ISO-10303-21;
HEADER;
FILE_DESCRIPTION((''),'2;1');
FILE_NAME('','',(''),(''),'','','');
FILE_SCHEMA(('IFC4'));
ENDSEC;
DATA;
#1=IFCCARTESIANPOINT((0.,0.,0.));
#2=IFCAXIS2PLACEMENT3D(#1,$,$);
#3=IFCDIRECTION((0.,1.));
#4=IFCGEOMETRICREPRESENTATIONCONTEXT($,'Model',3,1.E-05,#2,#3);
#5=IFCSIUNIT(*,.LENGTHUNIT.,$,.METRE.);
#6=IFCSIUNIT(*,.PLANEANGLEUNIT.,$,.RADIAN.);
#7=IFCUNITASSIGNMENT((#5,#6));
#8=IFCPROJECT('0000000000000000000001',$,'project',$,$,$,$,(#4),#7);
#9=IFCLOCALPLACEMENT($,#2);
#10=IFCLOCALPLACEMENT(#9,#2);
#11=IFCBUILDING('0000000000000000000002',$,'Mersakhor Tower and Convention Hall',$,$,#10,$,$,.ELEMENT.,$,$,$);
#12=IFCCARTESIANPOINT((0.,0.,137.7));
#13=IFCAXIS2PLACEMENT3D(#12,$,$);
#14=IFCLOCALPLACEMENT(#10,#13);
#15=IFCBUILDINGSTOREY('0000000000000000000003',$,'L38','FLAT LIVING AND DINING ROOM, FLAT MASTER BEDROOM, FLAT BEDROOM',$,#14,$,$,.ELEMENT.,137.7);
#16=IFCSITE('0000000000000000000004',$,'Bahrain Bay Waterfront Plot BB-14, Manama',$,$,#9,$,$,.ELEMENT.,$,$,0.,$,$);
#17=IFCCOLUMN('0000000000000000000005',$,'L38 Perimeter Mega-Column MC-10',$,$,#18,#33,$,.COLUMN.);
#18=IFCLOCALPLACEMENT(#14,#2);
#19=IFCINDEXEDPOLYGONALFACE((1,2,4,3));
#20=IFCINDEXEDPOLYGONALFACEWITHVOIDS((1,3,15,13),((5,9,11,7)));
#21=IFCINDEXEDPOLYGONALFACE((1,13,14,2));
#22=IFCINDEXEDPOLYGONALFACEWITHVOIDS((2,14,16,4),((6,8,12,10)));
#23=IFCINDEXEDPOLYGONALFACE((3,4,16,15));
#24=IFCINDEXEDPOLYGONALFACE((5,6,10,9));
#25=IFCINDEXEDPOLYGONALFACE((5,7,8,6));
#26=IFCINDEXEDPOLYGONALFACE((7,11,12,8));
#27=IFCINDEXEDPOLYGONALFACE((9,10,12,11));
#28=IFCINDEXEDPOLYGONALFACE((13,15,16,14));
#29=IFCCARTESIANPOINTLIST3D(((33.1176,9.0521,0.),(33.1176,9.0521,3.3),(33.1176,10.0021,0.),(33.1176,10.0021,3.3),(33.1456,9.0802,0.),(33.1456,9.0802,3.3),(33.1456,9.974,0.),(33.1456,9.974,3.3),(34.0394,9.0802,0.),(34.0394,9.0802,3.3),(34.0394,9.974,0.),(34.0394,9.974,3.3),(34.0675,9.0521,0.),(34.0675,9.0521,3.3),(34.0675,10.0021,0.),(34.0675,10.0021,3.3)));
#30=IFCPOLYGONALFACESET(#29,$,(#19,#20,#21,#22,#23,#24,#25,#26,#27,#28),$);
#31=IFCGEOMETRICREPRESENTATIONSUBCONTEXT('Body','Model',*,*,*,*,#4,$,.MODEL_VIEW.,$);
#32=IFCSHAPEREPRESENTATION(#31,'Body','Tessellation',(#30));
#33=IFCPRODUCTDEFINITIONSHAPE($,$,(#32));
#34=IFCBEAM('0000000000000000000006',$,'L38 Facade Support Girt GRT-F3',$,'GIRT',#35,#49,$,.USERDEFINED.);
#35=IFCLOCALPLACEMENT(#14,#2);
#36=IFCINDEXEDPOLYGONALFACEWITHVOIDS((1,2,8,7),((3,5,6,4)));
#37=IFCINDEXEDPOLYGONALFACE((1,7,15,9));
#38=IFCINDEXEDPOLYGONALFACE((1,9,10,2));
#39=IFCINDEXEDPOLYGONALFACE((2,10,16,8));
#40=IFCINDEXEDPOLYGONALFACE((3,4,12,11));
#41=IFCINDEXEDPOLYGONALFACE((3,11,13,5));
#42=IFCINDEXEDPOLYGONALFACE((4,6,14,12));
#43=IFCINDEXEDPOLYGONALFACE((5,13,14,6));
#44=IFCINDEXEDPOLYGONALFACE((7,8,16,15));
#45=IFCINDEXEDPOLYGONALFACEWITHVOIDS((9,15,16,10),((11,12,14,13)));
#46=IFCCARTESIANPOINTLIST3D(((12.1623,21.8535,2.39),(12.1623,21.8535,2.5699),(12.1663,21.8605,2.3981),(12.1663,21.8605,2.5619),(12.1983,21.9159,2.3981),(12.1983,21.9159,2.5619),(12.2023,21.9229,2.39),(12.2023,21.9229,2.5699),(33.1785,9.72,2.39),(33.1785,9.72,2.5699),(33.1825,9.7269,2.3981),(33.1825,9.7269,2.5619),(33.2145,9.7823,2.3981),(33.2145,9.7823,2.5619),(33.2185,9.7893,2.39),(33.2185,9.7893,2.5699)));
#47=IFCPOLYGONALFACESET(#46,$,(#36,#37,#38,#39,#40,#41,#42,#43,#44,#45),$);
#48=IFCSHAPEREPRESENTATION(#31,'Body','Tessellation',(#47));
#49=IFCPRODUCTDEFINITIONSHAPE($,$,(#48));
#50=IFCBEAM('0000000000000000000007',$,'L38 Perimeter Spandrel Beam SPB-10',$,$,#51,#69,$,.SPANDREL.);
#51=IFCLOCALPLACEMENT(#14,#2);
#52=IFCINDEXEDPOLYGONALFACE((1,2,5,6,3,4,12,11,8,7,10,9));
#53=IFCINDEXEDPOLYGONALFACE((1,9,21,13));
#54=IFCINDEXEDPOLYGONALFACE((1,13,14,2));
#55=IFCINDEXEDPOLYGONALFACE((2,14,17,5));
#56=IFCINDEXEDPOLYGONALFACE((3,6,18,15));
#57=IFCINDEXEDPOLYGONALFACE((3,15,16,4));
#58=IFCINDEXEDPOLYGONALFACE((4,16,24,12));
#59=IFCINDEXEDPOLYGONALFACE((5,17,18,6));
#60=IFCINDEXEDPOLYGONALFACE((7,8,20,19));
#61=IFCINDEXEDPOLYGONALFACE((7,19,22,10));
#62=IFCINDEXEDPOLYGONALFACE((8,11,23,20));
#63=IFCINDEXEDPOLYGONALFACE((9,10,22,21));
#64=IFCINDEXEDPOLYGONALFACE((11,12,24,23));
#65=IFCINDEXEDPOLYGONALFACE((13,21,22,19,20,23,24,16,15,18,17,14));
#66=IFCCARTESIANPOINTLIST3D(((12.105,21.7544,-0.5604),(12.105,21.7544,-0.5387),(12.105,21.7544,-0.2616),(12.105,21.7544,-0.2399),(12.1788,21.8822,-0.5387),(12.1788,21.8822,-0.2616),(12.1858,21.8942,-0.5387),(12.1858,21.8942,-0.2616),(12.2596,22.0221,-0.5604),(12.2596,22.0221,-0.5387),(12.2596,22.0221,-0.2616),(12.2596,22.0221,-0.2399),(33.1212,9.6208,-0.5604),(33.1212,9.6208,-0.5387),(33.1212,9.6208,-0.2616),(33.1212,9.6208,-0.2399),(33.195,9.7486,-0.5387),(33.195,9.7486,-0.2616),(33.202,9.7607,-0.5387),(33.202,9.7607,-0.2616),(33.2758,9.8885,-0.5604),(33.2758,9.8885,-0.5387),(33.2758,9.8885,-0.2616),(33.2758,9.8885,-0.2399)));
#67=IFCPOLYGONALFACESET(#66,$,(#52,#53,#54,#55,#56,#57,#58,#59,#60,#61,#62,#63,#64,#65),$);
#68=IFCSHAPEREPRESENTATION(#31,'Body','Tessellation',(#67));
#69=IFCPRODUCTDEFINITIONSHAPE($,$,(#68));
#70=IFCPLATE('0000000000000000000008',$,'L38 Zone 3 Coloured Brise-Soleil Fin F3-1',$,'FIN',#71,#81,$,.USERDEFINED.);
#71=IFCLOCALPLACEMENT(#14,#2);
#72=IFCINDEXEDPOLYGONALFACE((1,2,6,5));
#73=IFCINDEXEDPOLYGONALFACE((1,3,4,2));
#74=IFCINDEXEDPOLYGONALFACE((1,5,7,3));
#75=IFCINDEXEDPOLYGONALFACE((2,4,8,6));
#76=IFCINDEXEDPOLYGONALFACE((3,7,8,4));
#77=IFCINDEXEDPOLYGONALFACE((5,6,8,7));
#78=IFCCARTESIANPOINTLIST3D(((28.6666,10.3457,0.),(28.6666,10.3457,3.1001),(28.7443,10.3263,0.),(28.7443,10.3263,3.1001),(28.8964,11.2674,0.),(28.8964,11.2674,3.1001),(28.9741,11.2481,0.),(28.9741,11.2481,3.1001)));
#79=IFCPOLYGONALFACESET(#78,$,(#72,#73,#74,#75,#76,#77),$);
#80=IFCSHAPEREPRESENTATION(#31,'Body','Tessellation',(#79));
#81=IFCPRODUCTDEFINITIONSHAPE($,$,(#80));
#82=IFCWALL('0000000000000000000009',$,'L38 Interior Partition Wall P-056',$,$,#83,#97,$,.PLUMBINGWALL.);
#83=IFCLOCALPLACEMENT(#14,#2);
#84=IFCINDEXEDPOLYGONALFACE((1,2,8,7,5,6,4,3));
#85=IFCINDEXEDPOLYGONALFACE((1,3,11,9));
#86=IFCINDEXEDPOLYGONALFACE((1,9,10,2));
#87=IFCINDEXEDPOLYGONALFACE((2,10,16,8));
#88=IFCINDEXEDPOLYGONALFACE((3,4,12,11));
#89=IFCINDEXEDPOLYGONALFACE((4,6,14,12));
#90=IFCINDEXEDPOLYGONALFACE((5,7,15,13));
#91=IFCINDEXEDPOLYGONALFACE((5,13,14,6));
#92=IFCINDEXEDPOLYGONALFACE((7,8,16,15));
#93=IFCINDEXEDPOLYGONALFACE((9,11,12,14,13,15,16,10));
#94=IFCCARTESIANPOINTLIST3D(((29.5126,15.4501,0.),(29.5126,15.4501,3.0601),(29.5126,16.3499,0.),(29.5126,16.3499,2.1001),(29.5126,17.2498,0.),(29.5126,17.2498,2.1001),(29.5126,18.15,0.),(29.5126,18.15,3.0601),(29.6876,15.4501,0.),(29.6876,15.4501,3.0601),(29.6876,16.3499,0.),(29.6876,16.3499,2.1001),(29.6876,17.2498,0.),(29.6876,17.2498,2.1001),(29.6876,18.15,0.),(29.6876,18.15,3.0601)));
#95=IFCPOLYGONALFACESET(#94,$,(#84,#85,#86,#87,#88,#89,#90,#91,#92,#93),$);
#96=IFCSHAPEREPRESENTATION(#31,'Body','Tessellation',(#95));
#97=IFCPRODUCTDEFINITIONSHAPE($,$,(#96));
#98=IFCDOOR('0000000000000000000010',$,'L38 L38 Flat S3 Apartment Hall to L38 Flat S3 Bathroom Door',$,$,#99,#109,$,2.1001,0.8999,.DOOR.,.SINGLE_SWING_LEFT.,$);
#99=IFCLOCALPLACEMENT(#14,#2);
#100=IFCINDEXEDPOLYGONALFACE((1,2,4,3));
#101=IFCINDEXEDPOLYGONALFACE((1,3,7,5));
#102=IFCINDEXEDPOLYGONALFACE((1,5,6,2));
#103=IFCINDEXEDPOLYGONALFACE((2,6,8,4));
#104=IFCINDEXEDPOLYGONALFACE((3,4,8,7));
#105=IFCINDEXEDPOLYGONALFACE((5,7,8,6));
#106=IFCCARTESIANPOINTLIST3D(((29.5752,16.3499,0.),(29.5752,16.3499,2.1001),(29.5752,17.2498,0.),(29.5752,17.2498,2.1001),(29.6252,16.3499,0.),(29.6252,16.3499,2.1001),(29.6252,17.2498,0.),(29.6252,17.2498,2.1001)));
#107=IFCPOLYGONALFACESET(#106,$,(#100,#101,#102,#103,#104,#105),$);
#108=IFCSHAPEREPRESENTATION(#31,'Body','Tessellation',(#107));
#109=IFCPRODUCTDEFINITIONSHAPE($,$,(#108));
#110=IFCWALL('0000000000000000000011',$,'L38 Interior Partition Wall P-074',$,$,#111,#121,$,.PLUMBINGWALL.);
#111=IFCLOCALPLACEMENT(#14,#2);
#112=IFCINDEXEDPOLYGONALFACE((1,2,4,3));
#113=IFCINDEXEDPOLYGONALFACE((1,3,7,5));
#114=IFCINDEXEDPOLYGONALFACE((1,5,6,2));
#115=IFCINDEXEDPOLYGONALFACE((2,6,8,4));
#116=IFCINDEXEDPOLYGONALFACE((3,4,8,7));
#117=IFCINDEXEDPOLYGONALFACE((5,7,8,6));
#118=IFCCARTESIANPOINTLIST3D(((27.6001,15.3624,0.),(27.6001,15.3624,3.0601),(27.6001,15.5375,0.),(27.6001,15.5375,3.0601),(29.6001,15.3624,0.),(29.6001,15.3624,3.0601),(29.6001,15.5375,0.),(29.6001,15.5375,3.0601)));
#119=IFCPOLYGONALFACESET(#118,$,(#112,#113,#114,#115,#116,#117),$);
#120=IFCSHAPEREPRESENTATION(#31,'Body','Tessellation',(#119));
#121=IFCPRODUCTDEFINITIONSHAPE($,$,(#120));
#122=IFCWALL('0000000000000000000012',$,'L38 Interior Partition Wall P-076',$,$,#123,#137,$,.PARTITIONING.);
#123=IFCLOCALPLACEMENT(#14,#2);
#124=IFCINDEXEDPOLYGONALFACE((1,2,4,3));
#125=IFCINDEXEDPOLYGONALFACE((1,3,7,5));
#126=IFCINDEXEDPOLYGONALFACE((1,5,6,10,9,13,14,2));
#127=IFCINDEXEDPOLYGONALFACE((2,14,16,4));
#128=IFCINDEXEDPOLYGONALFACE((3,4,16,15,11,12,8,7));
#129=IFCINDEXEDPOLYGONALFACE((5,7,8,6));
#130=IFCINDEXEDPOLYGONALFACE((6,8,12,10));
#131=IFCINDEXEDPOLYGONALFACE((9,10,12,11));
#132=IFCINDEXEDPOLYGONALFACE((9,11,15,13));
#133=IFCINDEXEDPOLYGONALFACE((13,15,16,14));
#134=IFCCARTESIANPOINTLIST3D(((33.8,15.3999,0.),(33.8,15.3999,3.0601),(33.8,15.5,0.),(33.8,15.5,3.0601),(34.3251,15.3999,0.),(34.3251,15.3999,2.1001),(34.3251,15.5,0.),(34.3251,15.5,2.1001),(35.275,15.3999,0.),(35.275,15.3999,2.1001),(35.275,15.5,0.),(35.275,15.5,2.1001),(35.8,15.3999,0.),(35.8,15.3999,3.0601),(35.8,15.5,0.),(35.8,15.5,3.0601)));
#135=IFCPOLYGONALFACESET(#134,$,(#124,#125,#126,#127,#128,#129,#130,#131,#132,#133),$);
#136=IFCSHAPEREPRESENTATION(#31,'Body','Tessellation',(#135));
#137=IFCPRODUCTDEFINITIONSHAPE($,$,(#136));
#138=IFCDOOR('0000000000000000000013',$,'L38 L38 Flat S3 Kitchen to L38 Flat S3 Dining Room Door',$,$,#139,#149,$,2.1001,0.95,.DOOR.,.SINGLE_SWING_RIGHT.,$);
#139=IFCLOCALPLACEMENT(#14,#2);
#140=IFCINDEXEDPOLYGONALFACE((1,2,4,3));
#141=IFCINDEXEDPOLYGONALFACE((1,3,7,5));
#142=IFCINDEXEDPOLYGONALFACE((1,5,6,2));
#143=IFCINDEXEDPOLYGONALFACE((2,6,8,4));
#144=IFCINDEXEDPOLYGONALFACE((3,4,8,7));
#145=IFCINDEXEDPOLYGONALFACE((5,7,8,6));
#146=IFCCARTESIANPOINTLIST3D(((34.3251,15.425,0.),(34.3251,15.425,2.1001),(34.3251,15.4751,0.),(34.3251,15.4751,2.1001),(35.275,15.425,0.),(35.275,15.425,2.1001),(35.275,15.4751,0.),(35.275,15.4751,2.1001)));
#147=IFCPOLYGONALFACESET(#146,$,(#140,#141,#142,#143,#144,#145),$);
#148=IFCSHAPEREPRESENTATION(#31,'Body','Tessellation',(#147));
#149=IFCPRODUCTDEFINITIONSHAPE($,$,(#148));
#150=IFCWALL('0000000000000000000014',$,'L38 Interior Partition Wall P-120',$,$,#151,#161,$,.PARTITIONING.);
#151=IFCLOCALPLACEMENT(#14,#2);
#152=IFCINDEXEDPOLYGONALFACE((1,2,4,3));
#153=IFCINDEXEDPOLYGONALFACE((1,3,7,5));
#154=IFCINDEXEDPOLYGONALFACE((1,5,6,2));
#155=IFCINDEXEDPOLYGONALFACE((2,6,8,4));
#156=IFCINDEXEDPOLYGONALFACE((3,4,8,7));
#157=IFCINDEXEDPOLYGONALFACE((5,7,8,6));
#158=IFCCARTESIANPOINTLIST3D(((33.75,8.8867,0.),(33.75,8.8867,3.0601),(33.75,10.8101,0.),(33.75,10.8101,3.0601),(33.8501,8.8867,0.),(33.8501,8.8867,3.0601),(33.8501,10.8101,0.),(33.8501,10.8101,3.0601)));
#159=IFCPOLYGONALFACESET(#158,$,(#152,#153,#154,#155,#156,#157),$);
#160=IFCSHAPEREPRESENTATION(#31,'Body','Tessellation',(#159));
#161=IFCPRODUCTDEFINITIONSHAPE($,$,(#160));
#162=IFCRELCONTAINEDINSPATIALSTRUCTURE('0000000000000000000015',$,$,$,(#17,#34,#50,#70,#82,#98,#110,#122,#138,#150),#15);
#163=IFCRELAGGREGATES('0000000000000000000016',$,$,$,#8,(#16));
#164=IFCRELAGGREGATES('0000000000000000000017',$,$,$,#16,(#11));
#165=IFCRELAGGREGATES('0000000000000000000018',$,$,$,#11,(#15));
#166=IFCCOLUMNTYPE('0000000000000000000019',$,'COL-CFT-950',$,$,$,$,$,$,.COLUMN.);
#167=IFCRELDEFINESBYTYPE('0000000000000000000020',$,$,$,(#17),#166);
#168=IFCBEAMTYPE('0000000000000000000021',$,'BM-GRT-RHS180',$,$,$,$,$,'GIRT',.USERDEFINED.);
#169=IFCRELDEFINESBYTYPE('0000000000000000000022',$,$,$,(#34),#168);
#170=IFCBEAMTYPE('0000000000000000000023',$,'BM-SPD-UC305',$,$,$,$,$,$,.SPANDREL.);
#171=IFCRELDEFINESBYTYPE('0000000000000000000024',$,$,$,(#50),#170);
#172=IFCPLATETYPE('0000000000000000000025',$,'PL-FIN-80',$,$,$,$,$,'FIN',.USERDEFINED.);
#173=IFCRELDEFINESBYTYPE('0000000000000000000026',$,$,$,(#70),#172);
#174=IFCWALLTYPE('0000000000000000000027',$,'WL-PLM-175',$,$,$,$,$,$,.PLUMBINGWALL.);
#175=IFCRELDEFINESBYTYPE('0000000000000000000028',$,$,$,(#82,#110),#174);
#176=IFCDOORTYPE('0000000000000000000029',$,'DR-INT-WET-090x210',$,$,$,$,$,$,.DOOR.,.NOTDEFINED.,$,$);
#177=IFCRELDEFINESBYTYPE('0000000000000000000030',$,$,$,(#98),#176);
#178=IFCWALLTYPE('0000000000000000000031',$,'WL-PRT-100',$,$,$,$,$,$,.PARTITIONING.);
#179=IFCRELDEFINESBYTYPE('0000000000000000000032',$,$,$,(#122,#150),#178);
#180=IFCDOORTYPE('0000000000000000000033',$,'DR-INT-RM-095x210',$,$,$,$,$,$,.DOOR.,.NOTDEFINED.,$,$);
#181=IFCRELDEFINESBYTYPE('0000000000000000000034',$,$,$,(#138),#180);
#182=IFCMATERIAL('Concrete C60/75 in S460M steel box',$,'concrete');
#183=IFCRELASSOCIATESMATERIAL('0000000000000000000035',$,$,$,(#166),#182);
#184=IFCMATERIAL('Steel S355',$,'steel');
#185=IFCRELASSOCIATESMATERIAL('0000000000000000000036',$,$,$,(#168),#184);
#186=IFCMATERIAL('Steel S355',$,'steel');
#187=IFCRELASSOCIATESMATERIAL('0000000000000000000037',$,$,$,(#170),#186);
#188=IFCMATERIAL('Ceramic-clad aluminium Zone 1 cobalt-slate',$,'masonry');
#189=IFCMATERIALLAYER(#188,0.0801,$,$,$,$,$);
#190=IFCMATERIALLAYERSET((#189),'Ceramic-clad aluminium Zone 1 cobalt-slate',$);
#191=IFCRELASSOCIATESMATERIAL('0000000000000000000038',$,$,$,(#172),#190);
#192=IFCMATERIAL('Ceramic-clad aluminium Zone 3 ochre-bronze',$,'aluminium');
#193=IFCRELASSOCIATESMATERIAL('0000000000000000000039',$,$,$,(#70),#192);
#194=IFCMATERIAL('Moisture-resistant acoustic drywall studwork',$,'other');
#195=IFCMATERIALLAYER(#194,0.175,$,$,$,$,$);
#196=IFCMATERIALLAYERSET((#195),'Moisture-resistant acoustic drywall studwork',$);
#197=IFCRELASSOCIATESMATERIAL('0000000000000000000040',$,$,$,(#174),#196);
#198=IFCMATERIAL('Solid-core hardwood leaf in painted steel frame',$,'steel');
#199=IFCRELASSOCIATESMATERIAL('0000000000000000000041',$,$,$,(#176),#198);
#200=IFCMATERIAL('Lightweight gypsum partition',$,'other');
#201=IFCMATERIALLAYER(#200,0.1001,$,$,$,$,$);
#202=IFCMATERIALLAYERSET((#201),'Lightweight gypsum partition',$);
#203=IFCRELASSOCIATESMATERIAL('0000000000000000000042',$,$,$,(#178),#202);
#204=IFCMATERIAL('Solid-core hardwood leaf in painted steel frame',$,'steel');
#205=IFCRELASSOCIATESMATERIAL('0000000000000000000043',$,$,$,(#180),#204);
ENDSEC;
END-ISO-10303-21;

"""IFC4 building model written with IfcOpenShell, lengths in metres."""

from ifc_helpers import new_model, si_unit, direction, frame, frame_2d, origin, origin_2d, place, context, subcontext, project, spatial, rectangle, hollow_rectangle, i_section, extrude, material, layer, layer_set, material_profile, profile_set, type_object, element, fill, save


model = new_model("IFC4")

# Units and contexts
model_context = context("Model", 3, precision=1e-05, world=origin(), true_north=direction((0.0, 1.0)))
body_context = subcontext(model_context, "Body", "Model", "MODEL_VIEW")
ifc_project = project(units=[si_unit("LENGTHUNIT", "METRE"), si_unit("PLANEANGLEUNIT", "RADIAN")], contexts=[model_context])

# Site, building, storey
site_placement = place(None, origin())
site = spatial("IfcSite", under=ifc_project, at=site_placement, Name="Bahrain Bay Waterfront Plot BB-14, Manama", CompositionType="ELEMENT", RefElevation=0.0)
building_placement = place(site_placement, origin())
building = spatial("IfcBuilding", under=site, at=building_placement, Name="Mersakhor Tower and Convention Hall", CompositionType="ELEMENT")
storey_placement = place(building_placement, frame((0.0, 0.0, 137.7)))
storey = spatial("IfcBuildingStorey", under=building, at=storey_placement, Name="L38", Description="FLAT LIVING AND DINING ROOM, FLAT MASTER BEDROOM, FLAT BEDROOM", CompositionType="ELEMENT", Elevation=137.7)

# Column
ifc_material_1 = material(Name="Concrete C60/75 in S460M steel box", Category="concrete")
ifc_material_profile_1 = material_profile(ifc_material_1, hollow_rectangle(XDim=0.95, YDim=0.95, WallThickness=0.0281, at=origin_2d()), Name="SHS 950x950x28")
ifc_profile_set_1 = profile_set([ifc_material_profile_1], Name="Concrete C60/75 in S460M steel box")
column_type = type_object("IfcColumnType", Name="COL-CFT-950", PredefinedType="COLUMN", material=ifc_profile_set_1)
column_placement = place(storey_placement, frame((33.5925, 9.5271, 0.0), z_axis=(0.0, 0.0, 1.0), x_axis=(1.0, 0.0, 0.0)))
element("IfcColumn", 1, at=column_placement, inside=storey, type_object=column_type, Name="L38 Perimeter Mega-Column MC-10", PredefinedType="COLUMN", context=body_context, shape_type="SweptSolid", body=[
    extrude(hollow_rectangle(XDim=0.95, YDim=0.95, WallThickness=0.0281, at=origin_2d()), origin(), (0.0, 0.0, 1.0), 3.3),
])

# Beams
ifc_material_2 = material(Name="Steel S355", Category="steel")
ifc_material_profile_2 = material_profile(ifc_material_2, hollow_rectangle(XDim=0.0801, YDim=0.1799, WallThickness=0.0081, at=origin_2d()), Name="RHS 180x80x8")
ifc_profile_set_2 = profile_set([ifc_material_profile_2], Name="Steel S355")
beam_type_1 = type_object("IfcBeamType", Name="BM-GRT-RHS180", ElementType="GIRT", PredefinedType="USERDEFINED", material=ifc_profile_set_2)
beam_1_placement = place(storey_placement, frame((33.1985, 9.7546, 2.48), z_axis=(-0.866027, 0.499996, 0.0), x_axis=(-0.499996, -0.866027, 0.0)))
element("IfcBeam", 2, at=beam_1_placement, inside=storey, type_object=beam_type_1, Name="L38 Facade Support Girt GRT-F3", ObjectType="GIRT", PredefinedType="USERDEFINED", context=body_context, shape_type="SweptSolid", body=[
    extrude(hollow_rectangle(XDim=0.0801, YDim=0.1799, WallThickness=0.0081, at=origin_2d()), origin(), (0.0, 0.0, 1.0), 24.2673),
])
ifc_material_3 = material(Name="Steel S355", Category="steel")
ifc_material_profile_3 = material_profile(ifc_material_3, i_section(OverallWidth=0.3091, OverallDepth=0.3206, WebThickness=0.0139, FlangeThickness=0.0217, at=origin_2d()), Name="UC 305x305x137")
ifc_profile_set_3 = profile_set([ifc_material_profile_3], Name="Steel S355")
beam_type_2 = type_object("IfcBeamType", Name="BM-SPD-UC305", PredefinedType="SPANDREL", material=ifc_profile_set_3)
beam_2_placement = place(storey_placement, frame((33.1985, 9.7546, -0.4001), z_axis=(-0.866027, 0.499996, 0.0), x_axis=(-0.499996, -0.866027, 0.0)))
element("IfcBeam", 3, at=beam_2_placement, inside=storey, type_object=beam_type_2, Name="L38 Perimeter Spandrel Beam SPB-10", PredefinedType="SPANDREL", context=body_context, shape_type="SweptSolid", body=[
    extrude(i_section(OverallWidth=0.3091, OverallDepth=0.3206, WebThickness=0.0139, FlangeThickness=0.0217, at=origin_2d()), origin(), (0.0, 0.0, 1.0), 24.2673),
])

# Plate
ifc_material_4 = material(Name="Ceramic-clad aluminium Zone 3 ochre-bronze", Category="aluminium")
ifc_material_5 = material(Name="Ceramic-clad aluminium Zone 1 cobalt-slate", Category="masonry")
ifc_layer_1 = layer(ifc_material_5, 0.0801)
ifc_layer_set_1 = layer_set([ifc_layer_1], Name="Ceramic-clad aluminium Zone 1 cobalt-slate")
plate_type = type_object("IfcPlateType", Name="PL-FIN-80", ElementType="FIN", PredefinedType="USERDEFINED", material=ifc_layer_set_1)
plate_placement = place(storey_placement, frame((28.8203, 10.7969, 0.0), z_axis=(0.0, 0.0, 1.0), x_axis=(-0.241922, -0.970296, 0.0)))
element("IfcPlate", 4, at=plate_placement, inside=storey, type_object=plate_type, material=ifc_material_4, Name="L38 Zone 3 Coloured Brise-Soleil Fin F3-1", ObjectType="FIN", PredefinedType="USERDEFINED", context=body_context, shape_type="SweptSolid", body=[
    extrude(rectangle(XDim=0.95, YDim=0.0801, at=origin_2d()), origin(), (0.0, 0.0, 1.0), 3.1001),
])

# Wall, opening, door
ifc_material_6 = material(Name="Moisture-resistant acoustic drywall studwork", Category="other")
ifc_layer_2 = layer(ifc_material_6, 0.175)
ifc_layer_set_2 = layer_set([ifc_layer_2], Name="Moisture-resistant acoustic drywall studwork")
wall_type_1 = type_object("IfcWallType", Name="WL-PLM-175", PredefinedType="PLUMBINGWALL", material=ifc_layer_set_2)
wall_1_placement = place(storey_placement, frame((29.6001, 15.45, 0.0), z_axis=(0.0, 0.0, 1.0), x_axis=(0.0, 1.0, 0.0)))
wall_1 = element("IfcWall", 5, at=wall_1_placement, inside=storey, type_object=wall_type_1, Name="L38 Interior Partition Wall P-056", PredefinedType="PLUMBINGWALL", context=body_context, shape_type="SweptSolid", body=[
    extrude(rectangle(XDim=2.7, YDim=0.175, at=frame_2d((1.3501, 0.0))), origin(), (0.0, 0.0, 1.0), 3.0601),
])
opening_1_placement = place(wall_1_placement, frame((0.8999, 0.0, 0.0)))
opening_1 = element("IfcOpeningElement", 6, at=opening_1_placement, cuts=wall_1, PredefinedType="OPENING", context=body_context, shape_type="SweptSolid", body=[
    extrude(rectangle(XDim=0.8999, YDim=2.1001, at=frame_2d((0.45, 1.05))), frame((0.0, 0.0974, 0.0), z_axis=(0.0, -1.0, 0.0), x_axis=(1.0, 0.0, 0.0)), (0.0, 0.0, 1.0), 0.1951),
])
ifc_material_7 = material(Name="Solid-core hardwood leaf in painted steel frame", Category="steel")
door_type_1 = type_object("IfcDoorType", Name="DR-INT-WET-090x210", OperationType="NOTDEFINED", PredefinedType="DOOR", material=ifc_material_7)
door_1_placement = place(opening_1_placement, origin())
door_1 = element("IfcDoor", 7, at=door_1_placement, inside=storey, type_object=door_type_1, Name="L38 L38 Flat S3 Apartment Hall to L38 Flat S3 Bathroom Door", OperationType="SINGLE_SWING_LEFT", OverallHeight=2.1001, OverallWidth=0.8999, PredefinedType="DOOR", context=body_context, shape_type="SweptSolid", body=[
    extrude(rectangle(XDim=0.8999, YDim=2.1001, at=frame_2d((0.45, 1.05))), frame((0.0, 0.0249, 0.0), z_axis=(0.0, -1.0, 0.0), x_axis=(1.0, 0.0, 0.0)), (0.0, 0.0, 1.0), 0.05),
])
fill(opening_1, door_1)

# Wall
wall_2_placement = place(storey_placement, frame((29.6001, 15.45, 0.0), z_axis=(0.0, 0.0, 1.0), x_axis=(-1.0, 0.0, 0.0)))
element("IfcWall", 8, at=wall_2_placement, inside=storey, type_object=wall_type_1, Name="L38 Interior Partition Wall P-074", PredefinedType="PLUMBINGWALL", context=body_context, shape_type="SweptSolid", body=[
    extrude(rectangle(XDim=2.0, YDim=0.175, at=frame_2d((1.0, 0.0))), origin(), (0.0, 0.0, 1.0), 3.0601),
])

# Wall, opening, door
ifc_material_8 = material(Name="Lightweight gypsum partition", Category="other")
ifc_layer_3 = layer(ifc_material_8, 0.1001)
ifc_layer_set_3 = layer_set([ifc_layer_3], Name="Lightweight gypsum partition")
wall_type_2 = type_object("IfcWallType", Name="WL-PRT-100", PredefinedType="PARTITIONING", material=ifc_layer_set_3)
wall_3_placement = place(storey_placement, frame((35.8, 15.45, 0.0), z_axis=(0.0, 0.0, 1.0), x_axis=(-1.0, 0.0, 0.0)))
wall_3 = element("IfcWall", 9, at=wall_3_placement, inside=storey, type_object=wall_type_2, Name="L38 Interior Partition Wall P-076", PredefinedType="PARTITIONING", context=body_context, shape_type="SweptSolid", body=[
    extrude(rectangle(XDim=2.0, YDim=0.1001, at=frame_2d((1.0, 0.0))), origin(), (0.0, 0.0, 1.0), 3.0601),
])
opening_2_placement = place(wall_3_placement, frame((0.5249, 0.0, 0.0)))
opening_2 = element("IfcOpeningElement", 10, at=opening_2_placement, cuts=wall_3, PredefinedType="OPENING", context=body_context, shape_type="SweptSolid", body=[
    extrude(rectangle(XDim=0.95, YDim=2.1001, at=frame_2d((0.4751, 1.05))), frame((0.0, 0.0601, 0.0), z_axis=(0.0, -1.0, 0.0), x_axis=(1.0, 0.0, 0.0)), (0.0, 0.0, 1.0), 0.1201),
])
ifc_material_9 = material(Name="Solid-core hardwood leaf in painted steel frame", Category="steel")
door_type_2 = type_object("IfcDoorType", Name="DR-INT-RM-095x210", OperationType="NOTDEFINED", PredefinedType="DOOR", material=ifc_material_9)
door_2_placement = place(opening_2_placement, origin())
door_2 = element("IfcDoor", 11, at=door_2_placement, inside=storey, type_object=door_type_2, Name="L38 L38 Flat S3 Kitchen to L38 Flat S3 Dining Room Door", OperationType="SINGLE_SWING_RIGHT", OverallHeight=2.1001, OverallWidth=0.95, PredefinedType="DOOR", context=body_context, shape_type="SweptSolid", body=[
    extrude(rectangle(XDim=0.95, YDim=2.1001, at=frame_2d((0.4751, 1.05))), frame((0.0, 0.0249, 0.0), z_axis=(0.0, -1.0, 0.0), x_axis=(1.0, 0.0, 0.0)), (0.0, 0.0, 1.0), 0.05),
])
fill(opening_2, door_2)

# Wall
wall_4_placement = place(storey_placement, frame((33.8, 10.8101, 0.0), z_axis=(0.0, 0.0, 1.0), x_axis=(0.0, -1.0, 0.0)))
element("IfcWall", 12, at=wall_4_placement, inside=storey, type_object=wall_type_2, Name="L38 Interior Partition Wall P-120", PredefinedType="PARTITIONING", context=body_context, shape_type="SweptSolid", body=[
    extrude(rectangle(XDim=1.9233, YDim=0.1001, at=frame_2d((0.9617, 0.0))), origin(), (0.0, 0.0, 1.0), 3.0601),
])

save(model, "model.ifc")
